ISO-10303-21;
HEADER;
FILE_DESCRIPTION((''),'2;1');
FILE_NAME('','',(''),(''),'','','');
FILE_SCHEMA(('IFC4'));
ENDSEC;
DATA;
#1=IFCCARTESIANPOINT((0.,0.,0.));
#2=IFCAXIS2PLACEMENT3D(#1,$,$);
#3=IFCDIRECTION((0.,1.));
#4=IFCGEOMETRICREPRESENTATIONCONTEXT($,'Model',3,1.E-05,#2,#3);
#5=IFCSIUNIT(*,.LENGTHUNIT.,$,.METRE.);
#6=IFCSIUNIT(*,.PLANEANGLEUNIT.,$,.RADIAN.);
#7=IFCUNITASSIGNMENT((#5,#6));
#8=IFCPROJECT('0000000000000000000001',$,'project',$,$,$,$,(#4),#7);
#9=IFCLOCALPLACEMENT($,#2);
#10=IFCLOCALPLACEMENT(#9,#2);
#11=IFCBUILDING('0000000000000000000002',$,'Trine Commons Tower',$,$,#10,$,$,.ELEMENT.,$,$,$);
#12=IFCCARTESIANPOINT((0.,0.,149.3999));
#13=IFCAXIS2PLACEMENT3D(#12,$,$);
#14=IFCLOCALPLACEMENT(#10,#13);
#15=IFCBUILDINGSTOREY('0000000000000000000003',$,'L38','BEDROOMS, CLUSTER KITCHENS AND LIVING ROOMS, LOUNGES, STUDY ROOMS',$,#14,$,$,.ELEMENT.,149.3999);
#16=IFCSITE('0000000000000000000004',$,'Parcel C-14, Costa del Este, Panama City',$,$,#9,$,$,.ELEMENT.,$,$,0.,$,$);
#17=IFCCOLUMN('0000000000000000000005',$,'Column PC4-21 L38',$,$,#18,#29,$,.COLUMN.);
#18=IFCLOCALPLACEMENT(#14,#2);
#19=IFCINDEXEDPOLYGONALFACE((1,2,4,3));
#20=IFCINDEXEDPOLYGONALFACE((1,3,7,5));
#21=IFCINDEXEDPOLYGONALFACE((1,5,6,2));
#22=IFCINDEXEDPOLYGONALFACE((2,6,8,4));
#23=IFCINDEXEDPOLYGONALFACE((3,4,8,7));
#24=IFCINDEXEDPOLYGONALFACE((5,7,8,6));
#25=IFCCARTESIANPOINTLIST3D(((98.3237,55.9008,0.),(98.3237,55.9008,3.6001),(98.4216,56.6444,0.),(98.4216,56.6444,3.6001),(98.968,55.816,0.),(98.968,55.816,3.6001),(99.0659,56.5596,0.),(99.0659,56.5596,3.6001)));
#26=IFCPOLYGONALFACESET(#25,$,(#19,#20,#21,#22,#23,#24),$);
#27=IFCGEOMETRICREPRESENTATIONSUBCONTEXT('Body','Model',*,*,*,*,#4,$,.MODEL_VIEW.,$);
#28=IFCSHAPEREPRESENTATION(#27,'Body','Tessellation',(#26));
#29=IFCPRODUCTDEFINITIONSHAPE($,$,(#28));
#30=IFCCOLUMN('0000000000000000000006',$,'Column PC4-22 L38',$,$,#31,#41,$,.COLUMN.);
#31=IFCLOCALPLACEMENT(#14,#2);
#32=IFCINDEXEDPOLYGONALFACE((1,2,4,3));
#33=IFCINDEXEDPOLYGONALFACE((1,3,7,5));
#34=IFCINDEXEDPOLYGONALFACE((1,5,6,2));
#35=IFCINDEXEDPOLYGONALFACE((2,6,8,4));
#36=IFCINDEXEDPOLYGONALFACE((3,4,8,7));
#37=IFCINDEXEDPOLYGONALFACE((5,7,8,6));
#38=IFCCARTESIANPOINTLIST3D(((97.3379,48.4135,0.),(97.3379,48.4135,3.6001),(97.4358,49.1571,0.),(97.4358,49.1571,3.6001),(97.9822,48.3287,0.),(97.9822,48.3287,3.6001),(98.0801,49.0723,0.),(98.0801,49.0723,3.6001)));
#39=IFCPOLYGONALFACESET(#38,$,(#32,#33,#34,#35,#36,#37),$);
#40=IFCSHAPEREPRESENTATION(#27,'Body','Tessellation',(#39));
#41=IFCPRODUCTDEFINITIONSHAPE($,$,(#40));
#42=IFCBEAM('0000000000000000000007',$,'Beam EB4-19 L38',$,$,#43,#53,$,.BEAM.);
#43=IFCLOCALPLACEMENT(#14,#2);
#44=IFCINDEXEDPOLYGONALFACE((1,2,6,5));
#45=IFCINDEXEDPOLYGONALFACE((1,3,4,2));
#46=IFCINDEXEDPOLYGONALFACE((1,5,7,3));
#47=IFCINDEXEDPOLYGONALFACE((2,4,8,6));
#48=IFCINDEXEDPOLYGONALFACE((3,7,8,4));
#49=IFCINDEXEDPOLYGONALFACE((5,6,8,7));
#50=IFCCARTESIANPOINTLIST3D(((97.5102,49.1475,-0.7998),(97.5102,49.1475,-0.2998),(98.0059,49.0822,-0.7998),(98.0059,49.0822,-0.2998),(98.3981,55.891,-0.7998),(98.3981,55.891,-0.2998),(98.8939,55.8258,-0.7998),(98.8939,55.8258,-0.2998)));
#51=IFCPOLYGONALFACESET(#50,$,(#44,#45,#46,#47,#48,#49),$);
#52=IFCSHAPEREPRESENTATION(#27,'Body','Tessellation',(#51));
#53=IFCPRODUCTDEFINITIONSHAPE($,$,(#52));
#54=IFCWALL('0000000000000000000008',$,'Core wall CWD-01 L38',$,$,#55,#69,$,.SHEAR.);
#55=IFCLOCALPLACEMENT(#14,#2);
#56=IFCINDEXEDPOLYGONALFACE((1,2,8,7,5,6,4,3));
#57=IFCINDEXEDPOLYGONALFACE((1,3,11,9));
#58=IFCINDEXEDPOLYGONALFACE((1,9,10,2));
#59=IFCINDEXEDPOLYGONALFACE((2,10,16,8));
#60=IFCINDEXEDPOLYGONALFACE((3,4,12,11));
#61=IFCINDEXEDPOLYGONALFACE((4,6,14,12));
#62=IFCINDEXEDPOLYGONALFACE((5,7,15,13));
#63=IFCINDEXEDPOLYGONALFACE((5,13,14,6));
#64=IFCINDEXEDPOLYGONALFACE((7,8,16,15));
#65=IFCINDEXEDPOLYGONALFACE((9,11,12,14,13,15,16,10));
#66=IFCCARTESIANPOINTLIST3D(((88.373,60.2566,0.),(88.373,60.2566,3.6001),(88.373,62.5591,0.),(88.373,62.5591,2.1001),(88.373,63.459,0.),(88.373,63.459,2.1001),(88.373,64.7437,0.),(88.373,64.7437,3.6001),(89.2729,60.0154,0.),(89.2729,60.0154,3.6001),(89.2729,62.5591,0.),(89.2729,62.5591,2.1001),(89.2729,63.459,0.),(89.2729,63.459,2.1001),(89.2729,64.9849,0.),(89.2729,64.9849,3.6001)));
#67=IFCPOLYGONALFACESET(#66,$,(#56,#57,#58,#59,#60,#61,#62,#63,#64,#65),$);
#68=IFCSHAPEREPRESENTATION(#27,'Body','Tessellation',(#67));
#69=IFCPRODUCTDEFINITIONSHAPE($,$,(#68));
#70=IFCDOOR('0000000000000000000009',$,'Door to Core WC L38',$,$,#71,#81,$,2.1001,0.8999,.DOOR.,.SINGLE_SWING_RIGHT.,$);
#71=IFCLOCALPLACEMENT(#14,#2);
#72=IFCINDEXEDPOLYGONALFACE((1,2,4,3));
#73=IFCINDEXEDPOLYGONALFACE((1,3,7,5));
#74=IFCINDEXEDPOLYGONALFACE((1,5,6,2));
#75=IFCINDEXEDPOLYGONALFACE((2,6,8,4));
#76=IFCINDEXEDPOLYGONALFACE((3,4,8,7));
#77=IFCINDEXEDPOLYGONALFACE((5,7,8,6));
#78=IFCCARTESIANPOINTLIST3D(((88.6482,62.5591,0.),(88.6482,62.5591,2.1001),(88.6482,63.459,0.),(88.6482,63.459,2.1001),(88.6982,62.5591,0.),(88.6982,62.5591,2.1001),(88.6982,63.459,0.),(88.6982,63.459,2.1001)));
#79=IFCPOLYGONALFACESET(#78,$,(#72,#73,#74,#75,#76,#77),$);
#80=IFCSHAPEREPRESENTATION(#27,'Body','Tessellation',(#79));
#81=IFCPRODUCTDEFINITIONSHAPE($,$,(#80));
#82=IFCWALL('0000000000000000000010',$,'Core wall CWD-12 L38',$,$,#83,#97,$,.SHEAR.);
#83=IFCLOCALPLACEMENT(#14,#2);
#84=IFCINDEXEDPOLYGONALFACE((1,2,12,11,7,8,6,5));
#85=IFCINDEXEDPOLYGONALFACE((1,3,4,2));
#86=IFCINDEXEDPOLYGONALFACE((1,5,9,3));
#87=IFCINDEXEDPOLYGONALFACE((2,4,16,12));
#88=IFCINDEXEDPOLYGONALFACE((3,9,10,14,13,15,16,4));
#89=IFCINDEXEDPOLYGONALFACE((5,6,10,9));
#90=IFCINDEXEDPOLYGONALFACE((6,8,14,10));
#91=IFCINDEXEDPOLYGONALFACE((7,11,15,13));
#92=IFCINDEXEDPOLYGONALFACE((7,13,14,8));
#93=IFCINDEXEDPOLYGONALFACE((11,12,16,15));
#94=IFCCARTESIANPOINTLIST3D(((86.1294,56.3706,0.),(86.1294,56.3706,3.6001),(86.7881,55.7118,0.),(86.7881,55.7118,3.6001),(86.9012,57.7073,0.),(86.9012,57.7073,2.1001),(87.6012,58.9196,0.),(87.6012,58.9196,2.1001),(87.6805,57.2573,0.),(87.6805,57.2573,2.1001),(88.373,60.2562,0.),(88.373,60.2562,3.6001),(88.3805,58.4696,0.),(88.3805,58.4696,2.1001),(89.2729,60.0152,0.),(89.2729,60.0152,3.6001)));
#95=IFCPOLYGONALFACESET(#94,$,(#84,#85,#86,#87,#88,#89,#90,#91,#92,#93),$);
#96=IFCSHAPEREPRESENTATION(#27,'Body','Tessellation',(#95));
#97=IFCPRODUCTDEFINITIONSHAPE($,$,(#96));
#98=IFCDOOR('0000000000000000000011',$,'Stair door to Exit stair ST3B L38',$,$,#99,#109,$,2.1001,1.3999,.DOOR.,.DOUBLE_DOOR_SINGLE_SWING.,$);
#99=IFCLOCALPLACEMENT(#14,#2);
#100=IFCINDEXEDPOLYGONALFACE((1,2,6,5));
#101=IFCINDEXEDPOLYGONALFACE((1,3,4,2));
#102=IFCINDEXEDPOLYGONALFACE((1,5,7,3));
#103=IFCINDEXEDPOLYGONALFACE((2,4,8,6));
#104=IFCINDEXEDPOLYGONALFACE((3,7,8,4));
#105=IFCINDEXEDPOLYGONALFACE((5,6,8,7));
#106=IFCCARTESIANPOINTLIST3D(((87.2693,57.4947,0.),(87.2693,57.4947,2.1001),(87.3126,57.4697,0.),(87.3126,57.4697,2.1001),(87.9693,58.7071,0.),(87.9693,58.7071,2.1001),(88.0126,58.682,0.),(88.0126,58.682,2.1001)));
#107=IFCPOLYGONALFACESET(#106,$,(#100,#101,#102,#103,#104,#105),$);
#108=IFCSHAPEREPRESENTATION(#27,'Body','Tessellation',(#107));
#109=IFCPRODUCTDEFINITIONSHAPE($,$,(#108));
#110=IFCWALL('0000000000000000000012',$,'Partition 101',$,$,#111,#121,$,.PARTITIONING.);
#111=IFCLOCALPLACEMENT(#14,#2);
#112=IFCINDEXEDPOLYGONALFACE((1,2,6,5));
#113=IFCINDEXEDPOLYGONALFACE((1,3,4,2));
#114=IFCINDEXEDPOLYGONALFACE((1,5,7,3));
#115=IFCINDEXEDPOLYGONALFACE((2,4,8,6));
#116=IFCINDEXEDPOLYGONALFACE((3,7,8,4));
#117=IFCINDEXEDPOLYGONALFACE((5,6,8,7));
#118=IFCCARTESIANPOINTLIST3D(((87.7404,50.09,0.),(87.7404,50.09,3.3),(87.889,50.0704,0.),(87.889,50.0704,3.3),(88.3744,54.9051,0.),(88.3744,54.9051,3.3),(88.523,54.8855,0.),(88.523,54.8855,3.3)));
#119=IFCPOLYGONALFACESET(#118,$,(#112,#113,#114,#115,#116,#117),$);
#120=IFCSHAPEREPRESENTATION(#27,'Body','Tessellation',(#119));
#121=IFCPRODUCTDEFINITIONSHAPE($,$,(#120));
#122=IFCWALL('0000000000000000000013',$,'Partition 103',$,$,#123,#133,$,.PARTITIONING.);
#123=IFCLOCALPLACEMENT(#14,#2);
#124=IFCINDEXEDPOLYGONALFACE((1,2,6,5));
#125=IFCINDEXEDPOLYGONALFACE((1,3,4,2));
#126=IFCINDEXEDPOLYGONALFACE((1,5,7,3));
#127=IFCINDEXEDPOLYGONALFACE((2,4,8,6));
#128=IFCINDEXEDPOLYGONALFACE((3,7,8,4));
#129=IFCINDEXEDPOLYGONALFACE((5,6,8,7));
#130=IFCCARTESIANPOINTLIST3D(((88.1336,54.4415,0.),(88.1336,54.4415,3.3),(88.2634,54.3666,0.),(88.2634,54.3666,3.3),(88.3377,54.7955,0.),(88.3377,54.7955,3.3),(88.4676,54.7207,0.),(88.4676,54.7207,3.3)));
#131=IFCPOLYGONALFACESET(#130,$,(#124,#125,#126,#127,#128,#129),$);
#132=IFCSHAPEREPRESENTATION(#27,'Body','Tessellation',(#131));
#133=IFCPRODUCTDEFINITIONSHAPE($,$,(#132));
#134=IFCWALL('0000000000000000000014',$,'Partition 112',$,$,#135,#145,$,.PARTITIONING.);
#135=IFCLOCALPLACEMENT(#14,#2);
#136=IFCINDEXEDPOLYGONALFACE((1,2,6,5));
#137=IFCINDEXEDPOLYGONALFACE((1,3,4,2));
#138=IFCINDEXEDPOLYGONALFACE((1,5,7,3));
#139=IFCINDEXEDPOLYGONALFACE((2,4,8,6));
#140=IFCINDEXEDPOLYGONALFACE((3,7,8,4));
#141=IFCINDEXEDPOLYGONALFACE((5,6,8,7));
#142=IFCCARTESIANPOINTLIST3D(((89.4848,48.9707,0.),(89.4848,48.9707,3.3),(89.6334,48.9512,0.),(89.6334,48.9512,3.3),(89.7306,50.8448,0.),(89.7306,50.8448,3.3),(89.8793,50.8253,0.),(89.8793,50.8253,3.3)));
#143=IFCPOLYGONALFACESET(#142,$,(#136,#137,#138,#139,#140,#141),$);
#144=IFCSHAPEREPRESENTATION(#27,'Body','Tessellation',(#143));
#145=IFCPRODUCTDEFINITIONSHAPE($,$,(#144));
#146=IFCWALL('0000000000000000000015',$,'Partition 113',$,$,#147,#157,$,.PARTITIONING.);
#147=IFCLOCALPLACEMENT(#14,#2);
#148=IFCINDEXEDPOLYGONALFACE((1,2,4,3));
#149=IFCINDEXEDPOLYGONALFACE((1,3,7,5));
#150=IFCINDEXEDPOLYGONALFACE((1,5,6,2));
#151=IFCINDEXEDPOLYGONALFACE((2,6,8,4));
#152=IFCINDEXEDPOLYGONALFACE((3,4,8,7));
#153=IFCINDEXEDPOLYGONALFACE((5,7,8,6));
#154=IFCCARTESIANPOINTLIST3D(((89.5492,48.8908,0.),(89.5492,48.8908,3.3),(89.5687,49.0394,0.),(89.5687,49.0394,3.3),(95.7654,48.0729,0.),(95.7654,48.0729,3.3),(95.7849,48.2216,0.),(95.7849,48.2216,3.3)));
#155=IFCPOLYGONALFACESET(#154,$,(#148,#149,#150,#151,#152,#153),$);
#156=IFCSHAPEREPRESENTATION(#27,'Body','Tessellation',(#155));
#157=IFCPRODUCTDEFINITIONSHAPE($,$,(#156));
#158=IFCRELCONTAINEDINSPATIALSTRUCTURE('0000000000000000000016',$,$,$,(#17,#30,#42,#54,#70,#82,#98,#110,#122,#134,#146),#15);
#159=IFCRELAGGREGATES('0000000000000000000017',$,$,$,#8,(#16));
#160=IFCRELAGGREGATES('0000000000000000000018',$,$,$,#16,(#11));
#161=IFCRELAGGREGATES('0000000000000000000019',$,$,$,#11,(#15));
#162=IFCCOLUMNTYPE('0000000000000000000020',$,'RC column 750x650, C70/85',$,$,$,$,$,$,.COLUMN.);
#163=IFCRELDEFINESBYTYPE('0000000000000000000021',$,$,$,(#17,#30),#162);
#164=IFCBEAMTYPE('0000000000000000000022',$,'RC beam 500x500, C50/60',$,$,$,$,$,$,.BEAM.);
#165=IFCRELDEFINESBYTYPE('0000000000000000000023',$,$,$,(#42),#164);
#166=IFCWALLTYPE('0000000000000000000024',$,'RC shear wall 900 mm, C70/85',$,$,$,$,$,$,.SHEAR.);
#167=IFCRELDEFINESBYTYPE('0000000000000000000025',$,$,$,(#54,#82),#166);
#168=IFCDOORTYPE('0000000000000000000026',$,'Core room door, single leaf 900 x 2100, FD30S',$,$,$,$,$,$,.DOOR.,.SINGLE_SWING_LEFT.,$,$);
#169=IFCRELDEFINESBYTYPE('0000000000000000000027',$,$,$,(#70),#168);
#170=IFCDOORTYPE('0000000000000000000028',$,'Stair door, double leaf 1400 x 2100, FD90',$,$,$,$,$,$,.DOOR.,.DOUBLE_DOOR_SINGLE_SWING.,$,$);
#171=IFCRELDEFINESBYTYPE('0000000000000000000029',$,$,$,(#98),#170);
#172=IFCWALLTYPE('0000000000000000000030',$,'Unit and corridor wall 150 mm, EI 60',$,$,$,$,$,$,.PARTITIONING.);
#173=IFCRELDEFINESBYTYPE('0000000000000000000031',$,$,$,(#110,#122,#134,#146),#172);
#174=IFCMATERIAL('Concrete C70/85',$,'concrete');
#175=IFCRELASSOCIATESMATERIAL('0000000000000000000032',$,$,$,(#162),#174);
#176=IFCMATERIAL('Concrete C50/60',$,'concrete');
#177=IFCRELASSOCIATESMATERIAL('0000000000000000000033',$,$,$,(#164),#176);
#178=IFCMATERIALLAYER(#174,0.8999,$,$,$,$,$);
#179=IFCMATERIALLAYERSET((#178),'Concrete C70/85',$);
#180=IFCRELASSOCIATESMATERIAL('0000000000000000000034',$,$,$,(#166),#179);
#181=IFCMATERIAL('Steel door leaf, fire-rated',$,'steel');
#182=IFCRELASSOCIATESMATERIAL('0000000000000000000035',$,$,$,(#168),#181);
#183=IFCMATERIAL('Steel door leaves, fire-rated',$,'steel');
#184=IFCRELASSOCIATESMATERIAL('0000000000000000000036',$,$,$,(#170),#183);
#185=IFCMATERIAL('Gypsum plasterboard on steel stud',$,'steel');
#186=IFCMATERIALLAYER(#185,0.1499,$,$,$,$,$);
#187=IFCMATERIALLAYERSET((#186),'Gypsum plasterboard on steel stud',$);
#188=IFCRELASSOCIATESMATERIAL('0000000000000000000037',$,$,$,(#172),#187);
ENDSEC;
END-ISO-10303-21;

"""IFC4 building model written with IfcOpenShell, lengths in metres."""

from ifc_helpers import new_model, si_unit, direction, frame, frame_2d, origin, origin_2d, place, context, subcontext, project, spatial, polyline, rectangle, outline, extrude, material, layer, layer_set, material_profile, profile_set, type_object, element, fill, save


model = new_model("IFC4")

# Units and contexts
model_context = context("Model", 3, precision=1e-05, world=origin(), true_north=direction((0.0, 1.0)))
body_context = subcontext(model_context, "Body", "Model", "MODEL_VIEW")
ifc_project = project(units=[si_unit("LENGTHUNIT", "METRE"), si_unit("PLANEANGLEUNIT", "RADIAN")], contexts=[model_context])

# Site, building, storey
site_placement = place(None, origin())
site = spatial("IfcSite", under=ifc_project, at=site_placement, Name="Parcel C-14, Costa del Este, Panama City", CompositionType="ELEMENT", RefElevation=0.0)
building_placement = place(site_placement, origin())
building = spatial("IfcBuilding", under=site, at=building_placement, Name="Trine Commons Tower", CompositionType="ELEMENT")
storey_placement = place(building_placement, frame((0.0, 0.0, 149.3999)))
storey = spatial("IfcBuildingStorey", under=building, at=storey_placement, Name="L38", Description="BEDROOMS, CLUSTER KITCHENS AND LIVING ROOMS, LOUNGES, STUDY ROOMS", CompositionType="ELEMENT", Elevation=149.3999)

# Columns
ifc_material_1 = material(Name="Concrete C70/85", Category="concrete")
ifc_material_profile_1 = material_profile(ifc_material_1, rectangle(XDim=0.75, YDim=0.6499, at=origin_2d()), Name="RC 750x650")
ifc_profile_set_1 = profile_set([ifc_material_profile_1], Name="Concrete C70/85")
column_type = type_object("IfcColumnType", Name="RC column 750x650, C70/85", PredefinedType="COLUMN", material=ifc_profile_set_1)
for number, where, z_axis, x_axis, name in (
    (1, (98.6948, 56.2302, 0.0), (0.0, 0.0, 1.0), (0.130526, 0.991445, 0.0), "Column PC4-21 L38"),
    (2, (97.709, 48.7429, 0.0), (0.0, 0.0, 1.0), (0.130526, 0.991445, 0.0), "Column PC4-22 L38"),
):
    element("IfcColumn", number, at=place(storey_placement, frame(where, z_axis=z_axis, x_axis=x_axis)), inside=storey, type_object=column_type, Name=name, PredefinedType="COLUMN", context=body_context, shape_type="SweptSolid", body=[
        extrude(rectangle(XDim=0.75, YDim=0.6499, at=origin_2d()), origin(), (0.0, 0.0, 1.0), 3.6001),
    ])

# Beam
ifc_material_2 = material(Name="Concrete C50/60", Category="concrete")
ifc_material_profile_2 = material_profile(ifc_material_2, rectangle(XDim=0.5, YDim=0.5, at=origin_2d()), Name="RC 500x500")
ifc_profile_set_2 = profile_set([ifc_material_profile_2], Name="Concrete C50/60")
beam_type = type_object("IfcBeamType", Name="RC beam 500x500, C50/60", PredefinedType="BEAM", material=ifc_profile_set_2)
beam_placement = place(storey_placement, frame((98.646, 55.8584, -0.5498), z_axis=(-0.130544, -0.991443, 0.0), x_axis=(0.991443, -0.130544, 0.0)))
element("IfcBeam", 3, at=beam_placement, inside=storey, type_object=beam_type, Name="Beam EB4-19 L38", PredefinedType="BEAM", context=body_context, shape_type="SweptSolid", body=[
    extrude(rectangle(XDim=0.5, YDim=0.5, at=origin_2d()), origin(), (0.0, 0.0, 1.0), 6.8018),
])

# Walls, openings, doors
ifc_layer_1 = layer(ifc_material_1, 0.8999)
ifc_layer_set_1 = layer_set([ifc_layer_1], Name="Concrete C70/85")
wall_type_1 = type_object("IfcWallType", Name="RC shear wall 900 mm, C70/85", PredefinedType="SHEAR", material=ifc_layer_set_1)
wall_1_placement = place(storey_placement, frame((88.823, 60.0154, 0.0), z_axis=(0.0, 0.0, 1.0), x_axis=(0.0, 1.0, 0.0)))
wall_1 = element("IfcWall", 4, at=wall_1_placement, inside=storey, type_object=wall_type_1, Name="Core wall CWD-01 L38", PredefinedType="SHEAR", context=body_context, shape_type="SweptSolid", body=[
    extrude(outline(polyline([(0.0, -0.45), (4.9695, -0.45), (4.7283, 0.45), (0.2412, 0.45), (0.0, -0.45)])), origin(), (0.0, 0.0, 1.0), 3.6001),
])
opening_1_placement = place(wall_1_placement, frame((2.5437, 0.0, 0.0)))
opening_1 = element("IfcOpeningElement", 5, at=opening_1_placement, cuts=wall_1, PredefinedType="OPENING", context=body_context, shape_type="SweptSolid", body=[
    extrude(rectangle(XDim=0.8999, YDim=2.1001, at=frame_2d((0.45, 1.05))), frame((0.0, 0.46, 0.0), z_axis=(0.0, -1.0, 0.0), x_axis=(1.0, 0.0, 0.0)), (0.0, 0.0, 1.0), 0.9199),
])
ifc_material_3 = material(Name="Steel door leaf, fire-rated", Category="steel")
door_type_1 = type_object("IfcDoorType", Name="Core room door, single leaf 900 x 2100, FD30S", OperationType="SINGLE_SWING_LEFT", PredefinedType="DOOR", material=ifc_material_3)
door_1_placement = place(opening_1_placement, origin())
door_1 = element("IfcDoor", 6, at=door_1_placement, inside=storey, type_object=door_type_1, Name="Door to Core WC L38", OperationType="SINGLE_SWING_RIGHT", OverallHeight=2.1001, OverallWidth=0.8999, PredefinedType="DOOR", context=body_context, shape_type="SweptSolid", body=[
    extrude(rectangle(XDim=0.8999, YDim=2.1001, at=frame_2d((0.45, 1.05))), frame((0.0, 0.1748, 0.0), z_axis=(0.0, -1.0, 0.0), x_axis=(1.0, 0.0, 0.0)), (0.0, 0.0, 1.0), 0.05),
])
fill(opening_1, door_1)
wall_2_placement = place(storey_placement, frame((86.3984, 55.9368, 0.0), z_axis=(0.0, 0.0, 1.0), x_axis=(0.500039, 0.866003, 0.0)))
wall_2 = element("IfcWall", 7, at=wall_2_placement, inside=storey, type_object=wall_type_1, Name="Core wall CWD-12 L38", PredefinedType="SHEAR", context=body_context, shape_type="SweptSolid", body=[
    extrude(outline(polyline([(0.0, -0.45), (4.9692, -0.45), (4.728, 0.45), (0.2412, 0.45), (0.0, -0.45)])), origin(), (0.0, 0.0, 1.0), 3.6001),
])
opening_2_placement = place(wall_2_placement, frame((1.7847, 0.0, 0.0)))
opening_2 = element("IfcOpeningElement", 8, at=opening_2_placement, cuts=wall_2, PredefinedType="OPENING", context=body_context, shape_type="SweptSolid", body=[
    extrude(rectangle(XDim=1.3999, YDim=2.1001, at=frame_2d((0.7, 1.05))), frame((0.0, 0.46, 0.0), z_axis=(0.0, -1.0, 0.0), x_axis=(1.0, 0.0, 0.0)), (0.0, 0.0, 1.0), 0.9199),
])
ifc_material_4 = material(Name="Steel door leaves, fire-rated", Category="steel")
door_type_2 = type_object("IfcDoorType", Name="Stair door, double leaf 1400 x 2100, FD90", OperationType="DOUBLE_DOOR_SINGLE_SWING", PredefinedType="DOOR", material=ifc_material_4)
door_2_placement = place(opening_2_placement, origin())
door_2 = element("IfcDoor", 9, at=door_2_placement, inside=storey, type_object=door_type_2, Name="Stair door to Exit stair ST3B L38", OperationType="DOUBLE_DOOR_SINGLE_SWING", OverallHeight=2.1001, OverallWidth=1.3999, PredefinedType="DOOR", context=body_context, shape_type="SweptSolid", body=[
    extrude(rectangle(XDim=1.3999, YDim=2.1001, at=frame_2d((0.7, 1.05))), frame((0.0, 0.0249, 0.0), z_axis=(0.0, -1.0, 0.0), x_axis=(1.0, 0.0, 0.0)), (0.0, 0.0, 1.0), 0.05),
])
fill(opening_2, door_2)

# Walls
ifc_material_5 = material(Name="Gypsum plasterboard on steel stud", Category="steel")
ifc_layer_2 = layer(ifc_material_5, 0.1499)
ifc_layer_set_2 = layer_set([ifc_layer_2], Name="Gypsum plasterboard on steel stud")
wall_type_2 = type_object("IfcWallType", Name="Unit and corridor wall 150 mm, EI 60", PredefinedType="PARTITIONING", material=ifc_layer_set_2)
wall_3_placement = place(storey_placement, frame((87.8147, 50.0803, 0.0), z_axis=(0.0, 0.0, 1.0), x_axis=(0.130547, 0.991442, 0.0)))
element("IfcWall", 10, at=wall_3_placement, inside=storey, type_object=wall_type_2, Name="Partition 101", PredefinedType="PARTITIONING", context=body_context, shape_type="SweptSolid", body=[
    extrude(rectangle(XDim=4.8567, YDim=0.1499, at=frame_2d((2.4282, 0.0))), origin(), (0.0, 0.0, 1.0), 3.3),
])
wall_4_placement = place(storey_placement, frame((88.1985, 54.4041, 0.0), z_axis=(0.0, 0.0, 1.0), x_axis=(0.499481, 0.866325, 0.0)))
element("IfcWall", 11, at=wall_4_placement, inside=storey, type_object=wall_type_2, Name="Partition 103", PredefinedType="PARTITIONING", context=body_context, shape_type="SweptSolid", body=[
    extrude(rectangle(XDim=0.4087, YDim=0.1499, at=frame_2d((0.2043, 0.0))), origin(), (0.0, 0.0, 1.0), 3.3),
])
wall_5_placement = place(storey_placement, frame((89.5591, 48.9609, 0.0), z_axis=(0.0, 0.0, 1.0), x_axis=(0.130074, 0.991504, 0.0)))
element("IfcWall", 12, at=wall_5_placement, inside=storey, type_object=wall_type_2, Name="Partition 112", PredefinedType="PARTITIONING", context=body_context, shape_type="SweptSolid", body=[
    extrude(rectangle(XDim=1.8901, YDim=0.1499, at=frame_2d((0.9451, 0.0))), origin(), (0.0, 0.0, 1.0), 3.3),
])
wall_6_placement = place(storey_placement, frame((89.5591, 48.9651, 0.0), z_axis=(0.0, 0.0, 1.0), x_axis=(0.991456, -0.130444, 0.0)))
element("IfcWall", 13, at=wall_6_placement, inside=storey, type_object=wall_type_2, Name="Partition 113", PredefinedType="PARTITIONING", context=body_context, shape_type="SweptSolid", body=[
    extrude(rectangle(XDim=6.2698, YDim=0.1499, at=frame_2d((3.1348, 0.0))), origin(), (0.0, 0.0, 1.0), 3.3),
])

save(model, "model.ifc")
